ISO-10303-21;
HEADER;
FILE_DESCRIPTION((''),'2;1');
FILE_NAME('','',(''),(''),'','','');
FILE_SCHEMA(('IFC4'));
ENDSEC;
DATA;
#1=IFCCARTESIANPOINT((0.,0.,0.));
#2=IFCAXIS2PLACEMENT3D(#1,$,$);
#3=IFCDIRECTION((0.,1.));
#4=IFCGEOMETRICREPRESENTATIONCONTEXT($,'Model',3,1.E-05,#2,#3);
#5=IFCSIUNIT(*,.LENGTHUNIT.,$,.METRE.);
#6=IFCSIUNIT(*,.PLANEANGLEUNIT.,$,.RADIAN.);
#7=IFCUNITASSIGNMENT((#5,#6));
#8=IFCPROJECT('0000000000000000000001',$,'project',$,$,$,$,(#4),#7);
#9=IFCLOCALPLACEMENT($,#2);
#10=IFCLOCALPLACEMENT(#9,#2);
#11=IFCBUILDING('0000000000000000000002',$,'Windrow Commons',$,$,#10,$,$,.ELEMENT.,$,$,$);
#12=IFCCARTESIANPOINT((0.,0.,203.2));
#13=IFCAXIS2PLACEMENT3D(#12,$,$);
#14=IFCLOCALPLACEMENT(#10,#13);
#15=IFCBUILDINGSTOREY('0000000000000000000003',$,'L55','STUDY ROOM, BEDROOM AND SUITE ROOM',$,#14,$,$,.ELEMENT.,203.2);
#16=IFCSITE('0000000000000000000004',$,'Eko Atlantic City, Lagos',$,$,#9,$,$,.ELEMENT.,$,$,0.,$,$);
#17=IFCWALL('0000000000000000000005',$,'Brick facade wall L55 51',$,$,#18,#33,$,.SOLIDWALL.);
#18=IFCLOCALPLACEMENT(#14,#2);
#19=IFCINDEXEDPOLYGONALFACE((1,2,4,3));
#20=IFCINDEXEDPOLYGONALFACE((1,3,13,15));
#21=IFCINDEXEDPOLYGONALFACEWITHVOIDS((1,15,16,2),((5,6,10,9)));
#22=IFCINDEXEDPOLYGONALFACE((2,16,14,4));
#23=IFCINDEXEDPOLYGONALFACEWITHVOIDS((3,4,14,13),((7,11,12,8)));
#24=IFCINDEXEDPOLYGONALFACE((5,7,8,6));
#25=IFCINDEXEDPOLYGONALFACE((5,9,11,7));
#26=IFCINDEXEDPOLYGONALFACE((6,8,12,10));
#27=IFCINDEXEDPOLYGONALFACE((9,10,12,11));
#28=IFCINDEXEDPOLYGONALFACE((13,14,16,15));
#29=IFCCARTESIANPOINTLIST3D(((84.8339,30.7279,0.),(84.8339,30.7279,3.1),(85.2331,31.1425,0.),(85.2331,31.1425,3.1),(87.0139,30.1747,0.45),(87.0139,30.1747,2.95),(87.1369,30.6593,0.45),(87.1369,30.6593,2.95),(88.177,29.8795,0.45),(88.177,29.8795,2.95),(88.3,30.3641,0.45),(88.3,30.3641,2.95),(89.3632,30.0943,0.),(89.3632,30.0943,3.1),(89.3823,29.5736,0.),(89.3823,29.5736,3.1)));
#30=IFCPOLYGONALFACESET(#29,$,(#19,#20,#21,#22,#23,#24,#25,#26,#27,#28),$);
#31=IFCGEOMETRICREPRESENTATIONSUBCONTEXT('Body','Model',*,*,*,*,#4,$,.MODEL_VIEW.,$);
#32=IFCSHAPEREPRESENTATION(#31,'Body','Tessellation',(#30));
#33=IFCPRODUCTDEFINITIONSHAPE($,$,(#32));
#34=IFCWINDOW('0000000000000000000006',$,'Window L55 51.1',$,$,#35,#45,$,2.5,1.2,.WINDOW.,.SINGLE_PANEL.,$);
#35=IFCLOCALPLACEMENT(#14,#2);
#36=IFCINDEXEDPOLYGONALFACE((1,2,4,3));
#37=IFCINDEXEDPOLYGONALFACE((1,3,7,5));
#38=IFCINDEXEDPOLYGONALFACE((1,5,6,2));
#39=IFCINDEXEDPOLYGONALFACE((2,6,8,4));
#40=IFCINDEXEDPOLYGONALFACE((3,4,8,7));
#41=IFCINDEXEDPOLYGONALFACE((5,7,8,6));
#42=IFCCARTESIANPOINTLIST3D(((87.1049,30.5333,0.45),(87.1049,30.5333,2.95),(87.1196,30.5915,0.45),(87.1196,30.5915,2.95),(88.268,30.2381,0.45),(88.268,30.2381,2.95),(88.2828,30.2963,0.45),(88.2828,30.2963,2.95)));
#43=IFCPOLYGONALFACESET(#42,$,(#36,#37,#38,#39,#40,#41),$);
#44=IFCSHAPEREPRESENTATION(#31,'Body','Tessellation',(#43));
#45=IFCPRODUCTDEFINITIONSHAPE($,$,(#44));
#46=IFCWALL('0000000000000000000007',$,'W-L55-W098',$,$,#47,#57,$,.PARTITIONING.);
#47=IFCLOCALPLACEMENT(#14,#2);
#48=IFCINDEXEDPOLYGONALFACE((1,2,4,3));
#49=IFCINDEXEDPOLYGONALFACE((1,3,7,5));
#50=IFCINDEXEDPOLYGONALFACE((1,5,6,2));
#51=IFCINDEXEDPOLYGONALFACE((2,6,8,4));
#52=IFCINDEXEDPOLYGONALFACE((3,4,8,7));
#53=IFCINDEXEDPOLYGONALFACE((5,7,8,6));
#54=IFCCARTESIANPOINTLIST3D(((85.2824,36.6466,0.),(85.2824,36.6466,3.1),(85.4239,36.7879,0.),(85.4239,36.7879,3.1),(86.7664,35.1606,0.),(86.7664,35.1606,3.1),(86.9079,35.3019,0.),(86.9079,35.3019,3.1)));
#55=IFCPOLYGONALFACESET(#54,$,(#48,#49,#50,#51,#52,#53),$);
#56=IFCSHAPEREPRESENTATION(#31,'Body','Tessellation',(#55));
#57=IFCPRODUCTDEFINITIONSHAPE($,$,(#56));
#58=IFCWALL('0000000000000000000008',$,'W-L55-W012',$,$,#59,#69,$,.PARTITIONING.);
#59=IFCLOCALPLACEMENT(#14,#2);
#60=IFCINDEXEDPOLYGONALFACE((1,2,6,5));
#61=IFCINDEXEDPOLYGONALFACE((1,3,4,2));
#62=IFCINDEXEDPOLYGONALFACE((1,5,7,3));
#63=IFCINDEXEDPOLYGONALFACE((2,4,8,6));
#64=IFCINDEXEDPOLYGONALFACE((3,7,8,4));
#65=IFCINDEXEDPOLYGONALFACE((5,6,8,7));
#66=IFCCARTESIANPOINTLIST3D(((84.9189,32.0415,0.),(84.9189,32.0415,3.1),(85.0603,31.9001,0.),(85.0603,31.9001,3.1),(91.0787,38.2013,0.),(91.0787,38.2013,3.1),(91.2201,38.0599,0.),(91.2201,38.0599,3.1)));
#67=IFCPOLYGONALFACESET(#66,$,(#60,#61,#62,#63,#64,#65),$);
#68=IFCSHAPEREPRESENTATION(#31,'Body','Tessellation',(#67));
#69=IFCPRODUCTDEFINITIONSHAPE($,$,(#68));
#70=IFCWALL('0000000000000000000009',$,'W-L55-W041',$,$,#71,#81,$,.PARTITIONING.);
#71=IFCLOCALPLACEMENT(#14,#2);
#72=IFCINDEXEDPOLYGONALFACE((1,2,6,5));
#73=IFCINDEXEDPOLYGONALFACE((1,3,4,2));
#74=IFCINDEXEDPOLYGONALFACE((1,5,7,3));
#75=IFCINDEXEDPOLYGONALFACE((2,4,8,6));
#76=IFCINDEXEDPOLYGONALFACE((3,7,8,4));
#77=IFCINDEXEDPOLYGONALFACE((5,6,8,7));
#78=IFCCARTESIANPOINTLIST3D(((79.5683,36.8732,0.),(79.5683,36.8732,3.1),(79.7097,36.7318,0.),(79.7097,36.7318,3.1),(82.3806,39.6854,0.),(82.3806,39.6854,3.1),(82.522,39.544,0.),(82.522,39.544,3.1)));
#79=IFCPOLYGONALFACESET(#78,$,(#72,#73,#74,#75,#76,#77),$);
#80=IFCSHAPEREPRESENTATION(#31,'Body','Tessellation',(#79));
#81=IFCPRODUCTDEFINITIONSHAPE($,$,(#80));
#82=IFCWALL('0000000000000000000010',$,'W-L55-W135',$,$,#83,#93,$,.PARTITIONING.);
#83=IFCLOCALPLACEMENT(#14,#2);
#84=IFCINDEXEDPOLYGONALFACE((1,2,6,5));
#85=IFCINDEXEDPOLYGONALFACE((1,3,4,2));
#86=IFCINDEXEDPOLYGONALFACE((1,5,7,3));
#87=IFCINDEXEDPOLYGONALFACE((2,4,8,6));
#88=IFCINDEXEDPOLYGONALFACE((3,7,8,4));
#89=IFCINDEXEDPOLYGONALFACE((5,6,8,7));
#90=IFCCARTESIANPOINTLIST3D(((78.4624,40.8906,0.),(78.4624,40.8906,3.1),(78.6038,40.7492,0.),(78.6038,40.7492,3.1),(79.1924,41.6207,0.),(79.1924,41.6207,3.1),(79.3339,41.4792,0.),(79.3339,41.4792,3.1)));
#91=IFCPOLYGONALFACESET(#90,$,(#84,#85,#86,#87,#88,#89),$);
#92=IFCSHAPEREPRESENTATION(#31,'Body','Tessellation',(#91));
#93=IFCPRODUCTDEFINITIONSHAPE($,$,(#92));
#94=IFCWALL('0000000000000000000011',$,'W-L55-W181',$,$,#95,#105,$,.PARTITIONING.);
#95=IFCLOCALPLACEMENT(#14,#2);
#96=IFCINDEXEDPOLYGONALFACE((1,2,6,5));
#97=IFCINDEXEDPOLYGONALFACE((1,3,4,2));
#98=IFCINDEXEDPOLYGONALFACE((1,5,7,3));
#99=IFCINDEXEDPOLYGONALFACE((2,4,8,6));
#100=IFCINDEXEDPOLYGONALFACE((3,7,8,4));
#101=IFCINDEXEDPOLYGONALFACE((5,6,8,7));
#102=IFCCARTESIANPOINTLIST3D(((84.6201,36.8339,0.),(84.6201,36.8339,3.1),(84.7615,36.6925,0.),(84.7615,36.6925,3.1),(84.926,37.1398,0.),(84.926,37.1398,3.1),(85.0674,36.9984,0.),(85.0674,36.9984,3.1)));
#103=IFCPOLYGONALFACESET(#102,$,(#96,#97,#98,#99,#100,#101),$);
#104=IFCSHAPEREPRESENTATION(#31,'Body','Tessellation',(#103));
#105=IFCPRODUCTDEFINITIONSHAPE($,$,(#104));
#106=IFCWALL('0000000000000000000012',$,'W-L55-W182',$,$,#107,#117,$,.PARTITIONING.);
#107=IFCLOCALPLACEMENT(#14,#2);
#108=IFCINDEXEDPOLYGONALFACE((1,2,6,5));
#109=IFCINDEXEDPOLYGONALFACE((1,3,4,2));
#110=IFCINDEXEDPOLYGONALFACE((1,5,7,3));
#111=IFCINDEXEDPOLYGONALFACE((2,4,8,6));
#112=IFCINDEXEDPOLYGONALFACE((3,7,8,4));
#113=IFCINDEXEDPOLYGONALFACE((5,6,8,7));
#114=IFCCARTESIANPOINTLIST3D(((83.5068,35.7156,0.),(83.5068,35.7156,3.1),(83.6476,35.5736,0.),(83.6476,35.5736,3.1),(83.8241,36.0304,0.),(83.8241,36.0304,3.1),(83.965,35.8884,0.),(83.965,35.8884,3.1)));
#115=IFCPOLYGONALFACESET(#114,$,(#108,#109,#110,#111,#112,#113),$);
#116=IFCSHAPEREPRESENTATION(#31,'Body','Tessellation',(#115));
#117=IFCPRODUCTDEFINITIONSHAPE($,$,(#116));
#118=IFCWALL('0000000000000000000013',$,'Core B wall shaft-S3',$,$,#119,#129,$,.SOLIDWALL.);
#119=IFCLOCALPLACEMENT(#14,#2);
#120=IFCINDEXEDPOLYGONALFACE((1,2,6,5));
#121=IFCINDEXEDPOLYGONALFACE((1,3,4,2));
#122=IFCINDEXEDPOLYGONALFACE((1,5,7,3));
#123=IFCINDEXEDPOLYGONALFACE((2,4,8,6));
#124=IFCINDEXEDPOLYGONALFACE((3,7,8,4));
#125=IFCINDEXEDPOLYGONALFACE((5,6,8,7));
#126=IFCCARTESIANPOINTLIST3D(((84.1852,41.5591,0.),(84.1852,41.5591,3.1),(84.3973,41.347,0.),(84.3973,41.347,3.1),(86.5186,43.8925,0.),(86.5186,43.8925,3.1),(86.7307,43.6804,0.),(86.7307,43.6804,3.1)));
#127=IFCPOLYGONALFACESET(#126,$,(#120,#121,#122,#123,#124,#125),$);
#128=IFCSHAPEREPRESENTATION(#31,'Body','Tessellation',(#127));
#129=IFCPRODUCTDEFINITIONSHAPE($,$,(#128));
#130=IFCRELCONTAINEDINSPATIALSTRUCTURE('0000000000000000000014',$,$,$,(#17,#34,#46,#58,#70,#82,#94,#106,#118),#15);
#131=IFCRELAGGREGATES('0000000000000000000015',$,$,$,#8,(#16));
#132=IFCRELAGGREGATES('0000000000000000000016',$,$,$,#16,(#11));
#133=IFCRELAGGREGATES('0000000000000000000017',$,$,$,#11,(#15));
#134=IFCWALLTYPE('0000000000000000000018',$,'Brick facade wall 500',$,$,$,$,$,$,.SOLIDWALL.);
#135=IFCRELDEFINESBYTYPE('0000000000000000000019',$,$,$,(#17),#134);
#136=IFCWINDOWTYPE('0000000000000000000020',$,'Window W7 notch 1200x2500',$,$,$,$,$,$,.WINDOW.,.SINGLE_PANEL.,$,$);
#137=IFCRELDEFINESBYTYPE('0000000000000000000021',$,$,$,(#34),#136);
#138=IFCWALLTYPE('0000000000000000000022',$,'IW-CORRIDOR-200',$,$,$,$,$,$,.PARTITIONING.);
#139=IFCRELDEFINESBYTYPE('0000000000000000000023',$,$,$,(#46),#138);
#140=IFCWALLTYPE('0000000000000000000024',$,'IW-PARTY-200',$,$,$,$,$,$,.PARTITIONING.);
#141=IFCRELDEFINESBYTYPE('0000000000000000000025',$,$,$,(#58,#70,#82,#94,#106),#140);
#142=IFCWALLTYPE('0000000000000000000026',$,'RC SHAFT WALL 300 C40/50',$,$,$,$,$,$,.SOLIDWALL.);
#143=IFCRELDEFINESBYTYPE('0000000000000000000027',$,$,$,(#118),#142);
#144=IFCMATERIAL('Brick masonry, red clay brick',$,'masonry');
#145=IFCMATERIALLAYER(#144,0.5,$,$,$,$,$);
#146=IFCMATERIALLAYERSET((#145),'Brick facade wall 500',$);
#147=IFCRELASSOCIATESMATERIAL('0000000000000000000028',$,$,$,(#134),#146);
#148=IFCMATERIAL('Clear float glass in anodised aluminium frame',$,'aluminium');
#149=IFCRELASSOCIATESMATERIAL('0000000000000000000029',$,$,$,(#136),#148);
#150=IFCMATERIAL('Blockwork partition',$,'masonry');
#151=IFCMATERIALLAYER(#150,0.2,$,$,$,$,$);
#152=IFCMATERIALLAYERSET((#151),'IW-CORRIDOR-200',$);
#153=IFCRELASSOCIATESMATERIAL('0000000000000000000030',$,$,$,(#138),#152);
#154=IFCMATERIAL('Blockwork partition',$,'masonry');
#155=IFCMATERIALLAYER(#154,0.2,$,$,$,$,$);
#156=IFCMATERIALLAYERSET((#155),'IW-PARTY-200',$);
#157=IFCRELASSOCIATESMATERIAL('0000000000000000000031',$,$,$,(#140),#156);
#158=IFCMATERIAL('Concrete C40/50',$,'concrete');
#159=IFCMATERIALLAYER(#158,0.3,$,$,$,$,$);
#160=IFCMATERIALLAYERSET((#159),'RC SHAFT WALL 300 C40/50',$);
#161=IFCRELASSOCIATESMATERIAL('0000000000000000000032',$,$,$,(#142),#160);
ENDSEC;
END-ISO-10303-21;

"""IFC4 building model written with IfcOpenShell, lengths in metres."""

from ifc_helpers import new_model, si_unit, direction, frame, frame_2d, origin, place, context, subcontext, project, spatial, polyline, rectangle, outline, extrude, material, layer, layer_set, type_object, element, fill, save


model = new_model("IFC4")

# Units and contexts
model_context = context("Model", 3, precision=1e-05, world=origin(), true_north=direction((0.0, 1.0)))
body_context = subcontext(model_context, "Body", "Model", "MODEL_VIEW")
ifc_project = project(units=[si_unit("LENGTHUNIT", "METRE"), si_unit("PLANEANGLEUNIT", "RADIAN")], contexts=[model_context])

# Site, building, storey
site_placement = place(None, origin())
site = spatial("IfcSite", under=ifc_project, at=site_placement, Name="Eko Atlantic City, Lagos", CompositionType="ELEMENT", RefElevation=0.0)
building_placement = place(site_placement, origin())
building = spatial("IfcBuilding", under=site, at=building_placement, Name="Windrow Commons", CompositionType="ELEMENT")
storey_placement = place(building_placement, frame((0.0, 0.0, 203.2)))
storey = spatial("IfcBuildingStorey", under=building, at=storey_placement, Name="L55", Description="STUDY ROOM, BEDROOM AND SUITE ROOM", CompositionType="ELEMENT", Elevation=203.2)

# Shared definitions
ifc_material_1 = material(Name="Brick masonry, red clay brick", Category="masonry")
ifc_layer_1 = layer(ifc_material_1, 0.5)
ifc_layer_set_1 = layer_set([ifc_layer_1], Name="Brick facade wall 500")
wall_type_1 = type_object("IfcWallType", Name="Brick facade wall 500", PredefinedType="SOLIDWALL", material=ifc_layer_set_1)
ifc_material_2 = material(Name="Clear float glass in anodised aluminium frame", Category="aluminium")
window_type_1 = type_object("IfcWindowType", Name="Window W7 notch 1200x2500", PartitioningType="SINGLE_PANEL", PredefinedType="WINDOW", material=ifc_material_2)

# Wall, opening, window
wall_1_placement = place(storey_placement, frame((85.0335, 30.9352, 0.0), z_axis=(0.0, 0.0, 1.0), x_axis=(0.96927, -0.245998, 0.0)))
wall_1 = element("IfcWall", 1, at=wall_1_placement, inside=storey, type_object=wall_type_1, Name="Brick facade wall L55 51", PredefinedType="SOLIDWALL", context=body_context, shape_type="SweptSolid", body=[
    extrude(outline(polyline([(-0.1425, -0.25), (4.5501, -0.25), (4.4035, 0.25), (0.1425, 0.25), (-0.1425, -0.25)])), origin(), (0.0, 0.0, 1.0), 3.1),
])
opening_1_placement = place(wall_1_placement, frame((2.1066, 0.0, 0.45)))
opening_1 = element("IfcOpeningElement", 2, at=opening_1_placement, cuts=wall_1, PredefinedType="OPENING", context=body_context, shape_type="SweptSolid", body=[
    extrude(rectangle(XDim=1.2, YDim=2.5, at=frame_2d((0.6, 1.25))), frame((0.0, 0.26, 0.0), z_axis=(0.0, -1.0, 0.0), x_axis=(1.0, 0.0, 0.0)), (0.0, 0.0, 1.0), 0.52),
])
window_1_placement = place(opening_1_placement, origin())
window_1 = element("IfcWindow", 3, at=window_1_placement, inside=storey, type_object=window_type_1, Name="Window L55 51.1", OverallHeight=2.5, OverallWidth=1.2, PartitioningType="SINGLE_PANEL", PredefinedType="WINDOW", context=body_context, shape_type="SweptSolid", body=[
    extrude(rectangle(XDim=1.2, YDim=2.5, at=frame_2d((0.6, 1.25))), frame((0.0, 0.18, 0.0), z_axis=(0.0, -1.0, 0.0), x_axis=(1.0, 0.0, 0.0)), (0.0, 0.0, 1.0), 0.06),
])
fill(opening_1, window_1)

# Walls
ifc_material_3 = material(Name="Blockwork partition", Category="masonry")
ifc_layer_2 = layer(ifc_material_3, 0.2)
ifc_layer_set_2 = layer_set([ifc_layer_2], Name="IW-CORRIDOR-200")
wall_type_2 = type_object("IfcWallType", Name="IW-CORRIDOR-200", PredefinedType="PARTITIONING", material=ifc_layer_set_2)
wall_2_placement = place(storey_placement, frame((85.3532, 36.7172, 0.0), z_axis=(0.0, 0.0, 1.0), x_axis=(0.70663, -0.707583, 0.0)))
element("IfcWall", 4, at=wall_2_placement, inside=storey, type_object=wall_type_2, Name="W-L55-W098", PredefinedType="PARTITIONING", context=body_context, shape_type="SweptSolid", body=[
    extrude(rectangle(XDim=2.1001, YDim=0.2, at=frame_2d((1.05, 0.0))), origin(), (0.0, 0.0, 1.0), 3.1),
])
ifc_material_4 = material(Name="Blockwork partition", Category="masonry")
ifc_layer_3 = layer(ifc_material_4, 0.2)
ifc_layer_set_3 = layer_set([ifc_layer_3], Name="IW-PARTY-200")
wall_type_3 = type_object("IfcWallType", Name="IW-PARTY-200", PredefinedType="PARTITIONING", material=ifc_layer_set_3)
wall_3_placement = place(storey_placement, frame((84.9896, 31.9708, 0.0), z_axis=(0.0, 0.0, 1.0), x_axis=(0.707107, 0.707107, 0.0)))
element("IfcWall", 5, at=wall_3_placement, inside=storey, type_object=wall_type_3, Name="W-L55-W012", PredefinedType="PARTITIONING", context=body_context, shape_type="SweptSolid", body=[
    extrude(rectangle(XDim=8.7113, YDim=0.2, at=frame_2d((4.3556, 0.0))), origin(), (0.0, 0.0, 1.0), 3.1),
])
wall_4_placement = place(storey_placement, frame((79.639, 36.8025, 0.0), z_axis=(0.0, 0.0, 1.0), x_axis=(0.707119, 0.707094, 0.0)))
element("IfcWall", 6, at=wall_4_placement, inside=storey, type_object=wall_type_3, Name="W-L55-W041", PredefinedType="PARTITIONING", context=body_context, shape_type="SweptSolid", body=[
    extrude(rectangle(XDim=3.9771, YDim=0.2, at=frame_2d((1.9886, 0.0))), origin(), (0.0, 0.0, 1.0), 3.1),
])
wall_5_placement = place(storey_placement, frame((78.5331, 40.8199, 0.0), z_axis=(0.0, 0.0, 1.0), x_axis=(0.707107, 0.707107, 0.0)))
element("IfcWall", 7, at=wall_5_placement, inside=storey, type_object=wall_type_3, Name="W-L55-W135", PredefinedType="PARTITIONING", context=body_context, shape_type="SweptSolid", body=[
    extrude(rectangle(XDim=1.0325, YDim=0.2, at=frame_2d((0.5162, 0.0))), origin(), (0.0, 0.0, 1.0), 3.1),
])
wall_6_placement = place(storey_placement, frame((84.6908, 36.7632, 0.0), z_axis=(0.0, 0.0, 1.0), x_axis=(0.707107, 0.707107, 0.0)))
element("IfcWall", 8, at=wall_6_placement, inside=storey, type_object=wall_type_3, Name="W-L55-W181", PredefinedType="PARTITIONING", context=body_context, shape_type="SweptSolid", body=[
    extrude(rectangle(XDim=0.4327, YDim=0.2, at=frame_2d((0.2163, 0.0))), origin(), (0.0, 0.0, 1.0), 3.1),
])
wall_7_placement = place(storey_placement, frame((83.5772, 35.6446, 0.0), z_axis=(0.0, 0.0, 1.0), x_axis=(0.709898, 0.704305, 0.0)))
element("IfcWall", 9, at=wall_7_placement, inside=storey, type_object=wall_type_3, Name="W-L55-W182", PredefinedType="PARTITIONING", context=body_context, shape_type="SweptSolid", body=[
    extrude(rectangle(XDim=0.447, YDim=0.2, at=frame_2d((0.2235, 0.0))), origin(), (0.0, 0.0, 1.0), 3.1),
])
ifc_material_5 = material(Name="Concrete C40/50", Category="concrete")
ifc_layer_4 = layer(ifc_material_5, 0.3)
ifc_layer_set_4 = layer_set([ifc_layer_4], Name="RC SHAFT WALL 300 C40/50")
wall_type_4 = type_object("IfcWallType", Name="RC SHAFT WALL 300 C40/50", PredefinedType="SOLIDWALL", material=ifc_layer_set_4)
wall_8_placement = place(storey_placement, frame((84.2912, 41.453, 0.0), z_axis=(0.0, 0.0, 1.0), x_axis=(0.707107, 0.707107, 0.0)))
element("IfcWall", 10, at=wall_8_placement, inside=storey, type_object=wall_type_4, Name="Core B wall shaft-S3", PredefinedType="SOLIDWALL", context=body_context, shape_type="SweptSolid", body=[
    extrude(rectangle(XDim=3.2999, YDim=0.3, at=frame_2d((1.65, 0.0))), origin(), (0.0, 0.0, 1.0), 3.1),
])

save(model, "model.ifc")
